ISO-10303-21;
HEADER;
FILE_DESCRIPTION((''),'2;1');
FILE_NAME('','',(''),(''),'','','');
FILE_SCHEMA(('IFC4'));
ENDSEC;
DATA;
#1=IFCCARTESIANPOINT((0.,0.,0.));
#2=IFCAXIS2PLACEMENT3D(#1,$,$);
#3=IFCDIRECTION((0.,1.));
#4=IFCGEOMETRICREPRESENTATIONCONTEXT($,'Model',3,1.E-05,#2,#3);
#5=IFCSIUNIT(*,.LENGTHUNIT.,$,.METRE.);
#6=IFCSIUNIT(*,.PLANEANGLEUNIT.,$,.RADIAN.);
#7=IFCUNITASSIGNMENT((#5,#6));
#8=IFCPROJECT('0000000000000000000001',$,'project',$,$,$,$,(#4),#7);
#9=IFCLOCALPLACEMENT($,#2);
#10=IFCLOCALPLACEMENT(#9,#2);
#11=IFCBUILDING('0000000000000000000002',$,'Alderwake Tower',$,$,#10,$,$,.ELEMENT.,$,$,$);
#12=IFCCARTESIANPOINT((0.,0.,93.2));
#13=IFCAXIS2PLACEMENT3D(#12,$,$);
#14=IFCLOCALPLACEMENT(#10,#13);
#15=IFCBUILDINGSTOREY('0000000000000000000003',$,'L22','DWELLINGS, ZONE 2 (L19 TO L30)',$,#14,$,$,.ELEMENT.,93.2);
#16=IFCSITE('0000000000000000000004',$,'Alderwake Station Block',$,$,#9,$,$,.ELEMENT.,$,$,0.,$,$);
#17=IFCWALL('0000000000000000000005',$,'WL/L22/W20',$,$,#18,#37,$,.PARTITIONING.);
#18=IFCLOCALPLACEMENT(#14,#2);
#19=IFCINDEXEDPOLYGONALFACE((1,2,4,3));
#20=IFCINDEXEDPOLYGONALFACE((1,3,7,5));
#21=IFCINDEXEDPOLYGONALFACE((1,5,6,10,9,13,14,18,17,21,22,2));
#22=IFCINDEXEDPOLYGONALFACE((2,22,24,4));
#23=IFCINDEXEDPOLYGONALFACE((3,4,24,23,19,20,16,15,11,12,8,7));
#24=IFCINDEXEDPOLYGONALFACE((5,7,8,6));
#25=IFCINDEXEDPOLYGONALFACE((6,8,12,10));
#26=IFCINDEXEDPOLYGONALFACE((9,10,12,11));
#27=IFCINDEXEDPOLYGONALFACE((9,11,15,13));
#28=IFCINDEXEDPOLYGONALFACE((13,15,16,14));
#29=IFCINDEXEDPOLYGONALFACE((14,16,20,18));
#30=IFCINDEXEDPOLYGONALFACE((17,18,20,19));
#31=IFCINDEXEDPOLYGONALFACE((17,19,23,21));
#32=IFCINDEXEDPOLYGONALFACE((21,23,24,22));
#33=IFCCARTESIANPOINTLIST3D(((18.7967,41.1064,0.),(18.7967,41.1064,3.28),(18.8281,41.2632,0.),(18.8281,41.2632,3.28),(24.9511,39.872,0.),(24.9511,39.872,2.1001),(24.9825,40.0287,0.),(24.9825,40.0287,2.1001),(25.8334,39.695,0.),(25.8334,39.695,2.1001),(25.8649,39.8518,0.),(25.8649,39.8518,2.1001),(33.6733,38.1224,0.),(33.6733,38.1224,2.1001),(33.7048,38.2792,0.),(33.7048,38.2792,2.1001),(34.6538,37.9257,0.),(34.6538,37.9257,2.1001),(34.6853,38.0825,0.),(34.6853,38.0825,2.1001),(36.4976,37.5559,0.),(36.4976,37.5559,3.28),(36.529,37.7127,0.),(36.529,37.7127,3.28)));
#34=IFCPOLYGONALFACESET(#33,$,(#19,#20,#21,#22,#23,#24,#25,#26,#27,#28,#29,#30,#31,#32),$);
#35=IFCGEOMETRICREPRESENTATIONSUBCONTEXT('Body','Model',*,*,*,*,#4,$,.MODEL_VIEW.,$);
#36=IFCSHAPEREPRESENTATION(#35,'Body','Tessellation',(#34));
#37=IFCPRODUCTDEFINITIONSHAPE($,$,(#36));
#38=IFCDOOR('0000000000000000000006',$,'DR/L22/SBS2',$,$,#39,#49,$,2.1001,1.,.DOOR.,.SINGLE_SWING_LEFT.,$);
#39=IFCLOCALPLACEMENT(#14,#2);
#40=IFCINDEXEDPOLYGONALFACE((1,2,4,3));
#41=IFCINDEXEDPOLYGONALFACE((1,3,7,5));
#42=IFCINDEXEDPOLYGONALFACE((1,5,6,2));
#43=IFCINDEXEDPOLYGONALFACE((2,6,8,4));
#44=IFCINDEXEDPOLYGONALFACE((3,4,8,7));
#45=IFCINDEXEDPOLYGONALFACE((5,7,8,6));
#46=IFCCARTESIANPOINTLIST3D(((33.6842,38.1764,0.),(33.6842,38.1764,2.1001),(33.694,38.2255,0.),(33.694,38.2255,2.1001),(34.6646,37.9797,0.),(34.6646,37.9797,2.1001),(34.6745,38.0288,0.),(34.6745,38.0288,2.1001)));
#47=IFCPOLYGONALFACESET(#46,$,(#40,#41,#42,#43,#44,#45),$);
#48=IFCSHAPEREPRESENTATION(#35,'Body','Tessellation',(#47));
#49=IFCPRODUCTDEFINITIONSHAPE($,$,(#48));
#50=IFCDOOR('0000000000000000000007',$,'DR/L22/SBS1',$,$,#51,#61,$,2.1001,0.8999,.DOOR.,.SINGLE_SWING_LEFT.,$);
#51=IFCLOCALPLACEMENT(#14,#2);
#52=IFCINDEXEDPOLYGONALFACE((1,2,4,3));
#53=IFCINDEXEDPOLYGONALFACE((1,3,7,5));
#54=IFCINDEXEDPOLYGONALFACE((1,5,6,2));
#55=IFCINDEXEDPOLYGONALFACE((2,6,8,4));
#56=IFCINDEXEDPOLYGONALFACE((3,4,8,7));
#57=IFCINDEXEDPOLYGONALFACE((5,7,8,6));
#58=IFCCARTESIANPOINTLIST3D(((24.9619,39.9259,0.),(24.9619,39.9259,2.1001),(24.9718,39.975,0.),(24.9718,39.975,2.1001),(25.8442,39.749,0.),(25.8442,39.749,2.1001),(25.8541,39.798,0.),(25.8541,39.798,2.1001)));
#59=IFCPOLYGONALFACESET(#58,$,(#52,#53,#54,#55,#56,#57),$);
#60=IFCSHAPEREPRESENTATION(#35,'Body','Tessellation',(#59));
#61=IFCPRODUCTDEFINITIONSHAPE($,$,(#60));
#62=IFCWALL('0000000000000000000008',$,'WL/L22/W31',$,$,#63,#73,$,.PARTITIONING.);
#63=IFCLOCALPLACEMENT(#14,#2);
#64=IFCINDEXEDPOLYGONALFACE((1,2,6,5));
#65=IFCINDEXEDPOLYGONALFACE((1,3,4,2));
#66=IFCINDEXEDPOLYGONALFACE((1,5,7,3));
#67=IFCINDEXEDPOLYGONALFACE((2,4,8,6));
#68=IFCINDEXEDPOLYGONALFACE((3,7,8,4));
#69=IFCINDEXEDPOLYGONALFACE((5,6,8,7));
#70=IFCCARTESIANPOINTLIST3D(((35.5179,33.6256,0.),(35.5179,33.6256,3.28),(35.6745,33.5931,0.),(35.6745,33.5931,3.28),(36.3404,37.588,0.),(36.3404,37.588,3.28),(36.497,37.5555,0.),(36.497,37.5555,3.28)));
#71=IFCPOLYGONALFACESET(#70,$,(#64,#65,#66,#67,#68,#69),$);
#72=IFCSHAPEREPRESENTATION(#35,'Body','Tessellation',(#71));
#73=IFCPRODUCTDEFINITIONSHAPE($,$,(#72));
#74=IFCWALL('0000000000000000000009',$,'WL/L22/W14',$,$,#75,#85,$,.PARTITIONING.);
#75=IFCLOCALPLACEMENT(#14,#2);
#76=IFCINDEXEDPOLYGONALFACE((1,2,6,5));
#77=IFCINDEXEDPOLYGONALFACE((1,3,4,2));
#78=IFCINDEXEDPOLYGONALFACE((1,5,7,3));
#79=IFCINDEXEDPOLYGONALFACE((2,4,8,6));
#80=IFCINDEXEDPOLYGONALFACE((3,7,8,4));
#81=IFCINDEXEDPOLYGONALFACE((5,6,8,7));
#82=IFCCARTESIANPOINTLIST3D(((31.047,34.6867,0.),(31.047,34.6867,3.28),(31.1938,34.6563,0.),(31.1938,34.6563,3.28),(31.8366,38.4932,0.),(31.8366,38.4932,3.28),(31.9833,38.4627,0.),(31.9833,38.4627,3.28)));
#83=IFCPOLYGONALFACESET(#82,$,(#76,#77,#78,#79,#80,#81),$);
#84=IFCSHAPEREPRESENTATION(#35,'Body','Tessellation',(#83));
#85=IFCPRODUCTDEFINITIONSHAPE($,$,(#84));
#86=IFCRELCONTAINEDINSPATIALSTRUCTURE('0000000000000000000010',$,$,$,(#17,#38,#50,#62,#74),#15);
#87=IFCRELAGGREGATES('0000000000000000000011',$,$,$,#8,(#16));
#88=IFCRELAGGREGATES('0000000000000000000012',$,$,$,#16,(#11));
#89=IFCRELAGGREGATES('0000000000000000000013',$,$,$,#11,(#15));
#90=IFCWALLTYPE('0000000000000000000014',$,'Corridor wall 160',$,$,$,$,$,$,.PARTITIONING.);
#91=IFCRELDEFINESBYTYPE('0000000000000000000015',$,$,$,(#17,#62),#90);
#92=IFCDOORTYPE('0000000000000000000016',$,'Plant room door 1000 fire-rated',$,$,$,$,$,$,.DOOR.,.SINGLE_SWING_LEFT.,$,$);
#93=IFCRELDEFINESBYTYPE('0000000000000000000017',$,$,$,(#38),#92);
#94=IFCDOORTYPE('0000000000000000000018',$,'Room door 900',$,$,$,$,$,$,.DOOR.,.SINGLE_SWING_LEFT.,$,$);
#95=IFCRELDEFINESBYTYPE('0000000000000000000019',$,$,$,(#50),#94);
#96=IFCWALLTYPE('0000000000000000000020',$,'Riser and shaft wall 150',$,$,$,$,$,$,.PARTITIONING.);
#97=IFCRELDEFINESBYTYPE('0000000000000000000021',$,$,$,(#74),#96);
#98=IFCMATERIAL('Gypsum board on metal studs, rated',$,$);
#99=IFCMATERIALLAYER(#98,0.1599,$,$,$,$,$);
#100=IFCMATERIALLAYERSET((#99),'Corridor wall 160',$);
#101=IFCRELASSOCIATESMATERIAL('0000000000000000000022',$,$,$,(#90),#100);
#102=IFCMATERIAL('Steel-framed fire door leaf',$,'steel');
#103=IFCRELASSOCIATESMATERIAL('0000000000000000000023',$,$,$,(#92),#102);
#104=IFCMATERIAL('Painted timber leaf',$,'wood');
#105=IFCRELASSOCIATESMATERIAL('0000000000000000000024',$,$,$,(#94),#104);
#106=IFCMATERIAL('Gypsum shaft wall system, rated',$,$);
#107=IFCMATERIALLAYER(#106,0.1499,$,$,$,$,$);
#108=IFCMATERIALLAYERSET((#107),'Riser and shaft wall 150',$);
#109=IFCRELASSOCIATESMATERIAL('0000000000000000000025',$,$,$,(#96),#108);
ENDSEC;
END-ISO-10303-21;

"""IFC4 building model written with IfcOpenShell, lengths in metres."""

from ifc_helpers import new_model, si_unit, direction, frame, frame_2d, origin, place, context, subcontext, project, spatial, rectangle, extrude, material, layer, layer_set, type_object, element, fill, save


model = new_model("IFC4")

# Units and contexts
model_context = context("Model", 3, precision=1e-05, world=origin(), true_north=direction((0.0, 1.0)))
body_context = subcontext(model_context, "Body", "Model", "MODEL_VIEW")
ifc_project = project(units=[si_unit("LENGTHUNIT", "METRE"), si_unit("PLANEANGLEUNIT", "RADIAN")], contexts=[model_context])

# Site, building, storey
site_placement = place(None, origin())
site = spatial("IfcSite", under=ifc_project, at=site_placement, Name="Alderwake Station Block", CompositionType="ELEMENT", RefElevation=0.0)
building_placement = place(site_placement, origin())
building = spatial("IfcBuilding", under=site, at=building_placement, Name="Alderwake Tower", CompositionType="ELEMENT")
storey_placement = place(building_placement, frame((0.0, 0.0, 93.2)))
storey = spatial("IfcBuildingStorey", under=building, at=storey_placement, Name="L22", Description="DWELLINGS, ZONE 2 (L19 TO L30)", CompositionType="ELEMENT", Elevation=93.2)

# Wall, openings, doors
ifc_material_1 = material(Name="Gypsum board on metal studs, rated")
ifc_layer_1 = layer(ifc_material_1, 0.1599)
ifc_layer_set_1 = layer_set([ifc_layer_1], Name="Corridor wall 160")
wall_type_1 = type_object("IfcWallType", Name="Corridor wall 160", PredefinedType="PARTITIONING", material=ifc_layer_set_1)
wall_1_placement = place(storey_placement, frame((36.5134, 37.6343, 0.0), z_axis=(0.0, 0.0, 1.0), x_axis=(-0.98047, 0.196667, 0.0)))
wall_1 = element("IfcWall", 1, at=wall_1_placement, inside=storey, type_object=wall_type_1, Name="WL/L22/W20", PredefinedType="PARTITIONING", context=body_context, shape_type="SweptSolid", body=[
    extrude(rectangle(XDim=18.0535, YDim=0.1599, at=frame_2d((9.0269, 0.0))), origin(), (0.0, 0.0, 1.0), 3.28),
])
opening_1_placement = place(wall_1_placement, frame((10.8767, 0.0, 0.0)))
opening_1 = element("IfcOpeningElement", 2, at=opening_1_placement, cuts=wall_1, PredefinedType="OPENING", context=body_context, shape_type="SweptSolid", body=[
    extrude(rectangle(XDim=0.8999, YDim=2.1001, at=frame_2d((0.45, 1.05))), frame((0.0, 0.0898, 0.0), z_axis=(0.0, -1.0, 0.0), x_axis=(1.0, 0.0, 0.0)), (0.0, 0.0, 1.0), 0.1799),
])
opening_2_placement = place(wall_1_placement, frame((1.8806, 0.0, 0.0)))
opening_2 = element("IfcOpeningElement", 3, at=opening_2_placement, cuts=wall_1, PredefinedType="OPENING", context=body_context, shape_type="SweptSolid", body=[
    extrude(rectangle(XDim=1.0, YDim=2.1001, at=frame_2d((0.5, 1.05))), frame((0.0, 0.0898, 0.0), z_axis=(0.0, -1.0, 0.0), x_axis=(1.0, 0.0, 0.0)), (0.0, 0.0, 1.0), 0.1799),
])
ifc_material_2 = material(Name="Steel-framed fire door leaf", Category="steel")
door_type_1 = type_object("IfcDoorType", Name="Plant room door 1000 fire-rated", OperationType="SINGLE_SWING_LEFT", PredefinedType="DOOR", material=ifc_material_2)
door_1_placement = place(opening_2_placement, origin())
door_1 = element("IfcDoor", 4, at=door_1_placement, inside=storey, type_object=door_type_1, Name="DR/L22/SBS2", OperationType="SINGLE_SWING_LEFT", OverallHeight=2.1001, OverallWidth=1.0, PredefinedType="DOOR", context=body_context, shape_type="SweptSolid", body=[
    extrude(rectangle(XDim=1.0, YDim=2.1001, at=frame_2d((0.5, 1.05))), frame((0.0, 0.0249, 0.0), z_axis=(0.0, -1.0, 0.0), x_axis=(1.0, 0.0, 0.0)), (0.0, 0.0, 1.0), 0.05),
])
fill(opening_2, door_1)
ifc_material_3 = material(Name="Painted timber leaf", Category="wood")
door_type_2 = type_object("IfcDoorType", Name="Room door 900", OperationType="SINGLE_SWING_LEFT", PredefinedType="DOOR", material=ifc_material_3)
door_2_placement = place(opening_1_placement, origin())
door_2 = element("IfcDoor", 5, at=door_2_placement, inside=storey, type_object=door_type_2, Name="DR/L22/SBS1", OperationType="SINGLE_SWING_LEFT", OverallHeight=2.1001, OverallWidth=0.8999, PredefinedType="DOOR", context=body_context, shape_type="SweptSolid", body=[
    extrude(rectangle(XDim=0.8999, YDim=2.1001, at=frame_2d((0.45, 1.05))), frame((0.0, 0.0249, 0.0), z_axis=(0.0, -1.0, 0.0), x_axis=(1.0, 0.0, 0.0)), (0.0, 0.0, 1.0), 0.05),
])
fill(opening_1, door_2)

# Walls
wall_2_placement = place(storey_placement, frame((36.4187, 37.5718, 0.0), z_axis=(0.0, 0.0, 1.0), x_axis=(-0.203246, -0.979128, 0.0)))
element("IfcWall", 6, at=wall_2_placement, inside=storey, type_object=wall_type_1, Name="WL/L22/W31", PredefinedType="PARTITIONING", context=body_context, shape_type="SweptSolid", body=[
    extrude(rectangle(XDim=4.0469, YDim=0.1599, at=frame_2d((2.0234, 0.0))), origin(), (0.0, 0.0, 1.0), 3.28),
])
ifc_material_4 = material(Name="Gypsum shaft wall system, rated")
ifc_layer_2 = layer(ifc_material_4, 0.1499)
ifc_layer_set_2 = layer_set([ifc_layer_2], Name="Riser and shaft wall 150")
wall_type_2 = type_object("IfcWallType", Name="Riser and shaft wall 150", PredefinedType="PARTITIONING", material=ifc_layer_set_2)
wall_3_placement = place(storey_placement, frame((31.1204, 34.6714, 0.0), z_axis=(0.0, 0.0, 1.0), x_axis=(0.203104, 0.979157, 0.0)))
element("IfcWall", 7, at=wall_3_placement, inside=storey, type_object=wall_type_2, Name="WL/L22/W14", PredefinedType="PARTITIONING", context=body_context, shape_type="SweptSolid", body=[
    extrude(rectangle(XDim=3.8875, YDim=0.1499, at=frame_2d((1.9438, 0.0))), origin(), (0.0, 0.0, 1.0), 3.28),
])

save(model, "model.ifc")
